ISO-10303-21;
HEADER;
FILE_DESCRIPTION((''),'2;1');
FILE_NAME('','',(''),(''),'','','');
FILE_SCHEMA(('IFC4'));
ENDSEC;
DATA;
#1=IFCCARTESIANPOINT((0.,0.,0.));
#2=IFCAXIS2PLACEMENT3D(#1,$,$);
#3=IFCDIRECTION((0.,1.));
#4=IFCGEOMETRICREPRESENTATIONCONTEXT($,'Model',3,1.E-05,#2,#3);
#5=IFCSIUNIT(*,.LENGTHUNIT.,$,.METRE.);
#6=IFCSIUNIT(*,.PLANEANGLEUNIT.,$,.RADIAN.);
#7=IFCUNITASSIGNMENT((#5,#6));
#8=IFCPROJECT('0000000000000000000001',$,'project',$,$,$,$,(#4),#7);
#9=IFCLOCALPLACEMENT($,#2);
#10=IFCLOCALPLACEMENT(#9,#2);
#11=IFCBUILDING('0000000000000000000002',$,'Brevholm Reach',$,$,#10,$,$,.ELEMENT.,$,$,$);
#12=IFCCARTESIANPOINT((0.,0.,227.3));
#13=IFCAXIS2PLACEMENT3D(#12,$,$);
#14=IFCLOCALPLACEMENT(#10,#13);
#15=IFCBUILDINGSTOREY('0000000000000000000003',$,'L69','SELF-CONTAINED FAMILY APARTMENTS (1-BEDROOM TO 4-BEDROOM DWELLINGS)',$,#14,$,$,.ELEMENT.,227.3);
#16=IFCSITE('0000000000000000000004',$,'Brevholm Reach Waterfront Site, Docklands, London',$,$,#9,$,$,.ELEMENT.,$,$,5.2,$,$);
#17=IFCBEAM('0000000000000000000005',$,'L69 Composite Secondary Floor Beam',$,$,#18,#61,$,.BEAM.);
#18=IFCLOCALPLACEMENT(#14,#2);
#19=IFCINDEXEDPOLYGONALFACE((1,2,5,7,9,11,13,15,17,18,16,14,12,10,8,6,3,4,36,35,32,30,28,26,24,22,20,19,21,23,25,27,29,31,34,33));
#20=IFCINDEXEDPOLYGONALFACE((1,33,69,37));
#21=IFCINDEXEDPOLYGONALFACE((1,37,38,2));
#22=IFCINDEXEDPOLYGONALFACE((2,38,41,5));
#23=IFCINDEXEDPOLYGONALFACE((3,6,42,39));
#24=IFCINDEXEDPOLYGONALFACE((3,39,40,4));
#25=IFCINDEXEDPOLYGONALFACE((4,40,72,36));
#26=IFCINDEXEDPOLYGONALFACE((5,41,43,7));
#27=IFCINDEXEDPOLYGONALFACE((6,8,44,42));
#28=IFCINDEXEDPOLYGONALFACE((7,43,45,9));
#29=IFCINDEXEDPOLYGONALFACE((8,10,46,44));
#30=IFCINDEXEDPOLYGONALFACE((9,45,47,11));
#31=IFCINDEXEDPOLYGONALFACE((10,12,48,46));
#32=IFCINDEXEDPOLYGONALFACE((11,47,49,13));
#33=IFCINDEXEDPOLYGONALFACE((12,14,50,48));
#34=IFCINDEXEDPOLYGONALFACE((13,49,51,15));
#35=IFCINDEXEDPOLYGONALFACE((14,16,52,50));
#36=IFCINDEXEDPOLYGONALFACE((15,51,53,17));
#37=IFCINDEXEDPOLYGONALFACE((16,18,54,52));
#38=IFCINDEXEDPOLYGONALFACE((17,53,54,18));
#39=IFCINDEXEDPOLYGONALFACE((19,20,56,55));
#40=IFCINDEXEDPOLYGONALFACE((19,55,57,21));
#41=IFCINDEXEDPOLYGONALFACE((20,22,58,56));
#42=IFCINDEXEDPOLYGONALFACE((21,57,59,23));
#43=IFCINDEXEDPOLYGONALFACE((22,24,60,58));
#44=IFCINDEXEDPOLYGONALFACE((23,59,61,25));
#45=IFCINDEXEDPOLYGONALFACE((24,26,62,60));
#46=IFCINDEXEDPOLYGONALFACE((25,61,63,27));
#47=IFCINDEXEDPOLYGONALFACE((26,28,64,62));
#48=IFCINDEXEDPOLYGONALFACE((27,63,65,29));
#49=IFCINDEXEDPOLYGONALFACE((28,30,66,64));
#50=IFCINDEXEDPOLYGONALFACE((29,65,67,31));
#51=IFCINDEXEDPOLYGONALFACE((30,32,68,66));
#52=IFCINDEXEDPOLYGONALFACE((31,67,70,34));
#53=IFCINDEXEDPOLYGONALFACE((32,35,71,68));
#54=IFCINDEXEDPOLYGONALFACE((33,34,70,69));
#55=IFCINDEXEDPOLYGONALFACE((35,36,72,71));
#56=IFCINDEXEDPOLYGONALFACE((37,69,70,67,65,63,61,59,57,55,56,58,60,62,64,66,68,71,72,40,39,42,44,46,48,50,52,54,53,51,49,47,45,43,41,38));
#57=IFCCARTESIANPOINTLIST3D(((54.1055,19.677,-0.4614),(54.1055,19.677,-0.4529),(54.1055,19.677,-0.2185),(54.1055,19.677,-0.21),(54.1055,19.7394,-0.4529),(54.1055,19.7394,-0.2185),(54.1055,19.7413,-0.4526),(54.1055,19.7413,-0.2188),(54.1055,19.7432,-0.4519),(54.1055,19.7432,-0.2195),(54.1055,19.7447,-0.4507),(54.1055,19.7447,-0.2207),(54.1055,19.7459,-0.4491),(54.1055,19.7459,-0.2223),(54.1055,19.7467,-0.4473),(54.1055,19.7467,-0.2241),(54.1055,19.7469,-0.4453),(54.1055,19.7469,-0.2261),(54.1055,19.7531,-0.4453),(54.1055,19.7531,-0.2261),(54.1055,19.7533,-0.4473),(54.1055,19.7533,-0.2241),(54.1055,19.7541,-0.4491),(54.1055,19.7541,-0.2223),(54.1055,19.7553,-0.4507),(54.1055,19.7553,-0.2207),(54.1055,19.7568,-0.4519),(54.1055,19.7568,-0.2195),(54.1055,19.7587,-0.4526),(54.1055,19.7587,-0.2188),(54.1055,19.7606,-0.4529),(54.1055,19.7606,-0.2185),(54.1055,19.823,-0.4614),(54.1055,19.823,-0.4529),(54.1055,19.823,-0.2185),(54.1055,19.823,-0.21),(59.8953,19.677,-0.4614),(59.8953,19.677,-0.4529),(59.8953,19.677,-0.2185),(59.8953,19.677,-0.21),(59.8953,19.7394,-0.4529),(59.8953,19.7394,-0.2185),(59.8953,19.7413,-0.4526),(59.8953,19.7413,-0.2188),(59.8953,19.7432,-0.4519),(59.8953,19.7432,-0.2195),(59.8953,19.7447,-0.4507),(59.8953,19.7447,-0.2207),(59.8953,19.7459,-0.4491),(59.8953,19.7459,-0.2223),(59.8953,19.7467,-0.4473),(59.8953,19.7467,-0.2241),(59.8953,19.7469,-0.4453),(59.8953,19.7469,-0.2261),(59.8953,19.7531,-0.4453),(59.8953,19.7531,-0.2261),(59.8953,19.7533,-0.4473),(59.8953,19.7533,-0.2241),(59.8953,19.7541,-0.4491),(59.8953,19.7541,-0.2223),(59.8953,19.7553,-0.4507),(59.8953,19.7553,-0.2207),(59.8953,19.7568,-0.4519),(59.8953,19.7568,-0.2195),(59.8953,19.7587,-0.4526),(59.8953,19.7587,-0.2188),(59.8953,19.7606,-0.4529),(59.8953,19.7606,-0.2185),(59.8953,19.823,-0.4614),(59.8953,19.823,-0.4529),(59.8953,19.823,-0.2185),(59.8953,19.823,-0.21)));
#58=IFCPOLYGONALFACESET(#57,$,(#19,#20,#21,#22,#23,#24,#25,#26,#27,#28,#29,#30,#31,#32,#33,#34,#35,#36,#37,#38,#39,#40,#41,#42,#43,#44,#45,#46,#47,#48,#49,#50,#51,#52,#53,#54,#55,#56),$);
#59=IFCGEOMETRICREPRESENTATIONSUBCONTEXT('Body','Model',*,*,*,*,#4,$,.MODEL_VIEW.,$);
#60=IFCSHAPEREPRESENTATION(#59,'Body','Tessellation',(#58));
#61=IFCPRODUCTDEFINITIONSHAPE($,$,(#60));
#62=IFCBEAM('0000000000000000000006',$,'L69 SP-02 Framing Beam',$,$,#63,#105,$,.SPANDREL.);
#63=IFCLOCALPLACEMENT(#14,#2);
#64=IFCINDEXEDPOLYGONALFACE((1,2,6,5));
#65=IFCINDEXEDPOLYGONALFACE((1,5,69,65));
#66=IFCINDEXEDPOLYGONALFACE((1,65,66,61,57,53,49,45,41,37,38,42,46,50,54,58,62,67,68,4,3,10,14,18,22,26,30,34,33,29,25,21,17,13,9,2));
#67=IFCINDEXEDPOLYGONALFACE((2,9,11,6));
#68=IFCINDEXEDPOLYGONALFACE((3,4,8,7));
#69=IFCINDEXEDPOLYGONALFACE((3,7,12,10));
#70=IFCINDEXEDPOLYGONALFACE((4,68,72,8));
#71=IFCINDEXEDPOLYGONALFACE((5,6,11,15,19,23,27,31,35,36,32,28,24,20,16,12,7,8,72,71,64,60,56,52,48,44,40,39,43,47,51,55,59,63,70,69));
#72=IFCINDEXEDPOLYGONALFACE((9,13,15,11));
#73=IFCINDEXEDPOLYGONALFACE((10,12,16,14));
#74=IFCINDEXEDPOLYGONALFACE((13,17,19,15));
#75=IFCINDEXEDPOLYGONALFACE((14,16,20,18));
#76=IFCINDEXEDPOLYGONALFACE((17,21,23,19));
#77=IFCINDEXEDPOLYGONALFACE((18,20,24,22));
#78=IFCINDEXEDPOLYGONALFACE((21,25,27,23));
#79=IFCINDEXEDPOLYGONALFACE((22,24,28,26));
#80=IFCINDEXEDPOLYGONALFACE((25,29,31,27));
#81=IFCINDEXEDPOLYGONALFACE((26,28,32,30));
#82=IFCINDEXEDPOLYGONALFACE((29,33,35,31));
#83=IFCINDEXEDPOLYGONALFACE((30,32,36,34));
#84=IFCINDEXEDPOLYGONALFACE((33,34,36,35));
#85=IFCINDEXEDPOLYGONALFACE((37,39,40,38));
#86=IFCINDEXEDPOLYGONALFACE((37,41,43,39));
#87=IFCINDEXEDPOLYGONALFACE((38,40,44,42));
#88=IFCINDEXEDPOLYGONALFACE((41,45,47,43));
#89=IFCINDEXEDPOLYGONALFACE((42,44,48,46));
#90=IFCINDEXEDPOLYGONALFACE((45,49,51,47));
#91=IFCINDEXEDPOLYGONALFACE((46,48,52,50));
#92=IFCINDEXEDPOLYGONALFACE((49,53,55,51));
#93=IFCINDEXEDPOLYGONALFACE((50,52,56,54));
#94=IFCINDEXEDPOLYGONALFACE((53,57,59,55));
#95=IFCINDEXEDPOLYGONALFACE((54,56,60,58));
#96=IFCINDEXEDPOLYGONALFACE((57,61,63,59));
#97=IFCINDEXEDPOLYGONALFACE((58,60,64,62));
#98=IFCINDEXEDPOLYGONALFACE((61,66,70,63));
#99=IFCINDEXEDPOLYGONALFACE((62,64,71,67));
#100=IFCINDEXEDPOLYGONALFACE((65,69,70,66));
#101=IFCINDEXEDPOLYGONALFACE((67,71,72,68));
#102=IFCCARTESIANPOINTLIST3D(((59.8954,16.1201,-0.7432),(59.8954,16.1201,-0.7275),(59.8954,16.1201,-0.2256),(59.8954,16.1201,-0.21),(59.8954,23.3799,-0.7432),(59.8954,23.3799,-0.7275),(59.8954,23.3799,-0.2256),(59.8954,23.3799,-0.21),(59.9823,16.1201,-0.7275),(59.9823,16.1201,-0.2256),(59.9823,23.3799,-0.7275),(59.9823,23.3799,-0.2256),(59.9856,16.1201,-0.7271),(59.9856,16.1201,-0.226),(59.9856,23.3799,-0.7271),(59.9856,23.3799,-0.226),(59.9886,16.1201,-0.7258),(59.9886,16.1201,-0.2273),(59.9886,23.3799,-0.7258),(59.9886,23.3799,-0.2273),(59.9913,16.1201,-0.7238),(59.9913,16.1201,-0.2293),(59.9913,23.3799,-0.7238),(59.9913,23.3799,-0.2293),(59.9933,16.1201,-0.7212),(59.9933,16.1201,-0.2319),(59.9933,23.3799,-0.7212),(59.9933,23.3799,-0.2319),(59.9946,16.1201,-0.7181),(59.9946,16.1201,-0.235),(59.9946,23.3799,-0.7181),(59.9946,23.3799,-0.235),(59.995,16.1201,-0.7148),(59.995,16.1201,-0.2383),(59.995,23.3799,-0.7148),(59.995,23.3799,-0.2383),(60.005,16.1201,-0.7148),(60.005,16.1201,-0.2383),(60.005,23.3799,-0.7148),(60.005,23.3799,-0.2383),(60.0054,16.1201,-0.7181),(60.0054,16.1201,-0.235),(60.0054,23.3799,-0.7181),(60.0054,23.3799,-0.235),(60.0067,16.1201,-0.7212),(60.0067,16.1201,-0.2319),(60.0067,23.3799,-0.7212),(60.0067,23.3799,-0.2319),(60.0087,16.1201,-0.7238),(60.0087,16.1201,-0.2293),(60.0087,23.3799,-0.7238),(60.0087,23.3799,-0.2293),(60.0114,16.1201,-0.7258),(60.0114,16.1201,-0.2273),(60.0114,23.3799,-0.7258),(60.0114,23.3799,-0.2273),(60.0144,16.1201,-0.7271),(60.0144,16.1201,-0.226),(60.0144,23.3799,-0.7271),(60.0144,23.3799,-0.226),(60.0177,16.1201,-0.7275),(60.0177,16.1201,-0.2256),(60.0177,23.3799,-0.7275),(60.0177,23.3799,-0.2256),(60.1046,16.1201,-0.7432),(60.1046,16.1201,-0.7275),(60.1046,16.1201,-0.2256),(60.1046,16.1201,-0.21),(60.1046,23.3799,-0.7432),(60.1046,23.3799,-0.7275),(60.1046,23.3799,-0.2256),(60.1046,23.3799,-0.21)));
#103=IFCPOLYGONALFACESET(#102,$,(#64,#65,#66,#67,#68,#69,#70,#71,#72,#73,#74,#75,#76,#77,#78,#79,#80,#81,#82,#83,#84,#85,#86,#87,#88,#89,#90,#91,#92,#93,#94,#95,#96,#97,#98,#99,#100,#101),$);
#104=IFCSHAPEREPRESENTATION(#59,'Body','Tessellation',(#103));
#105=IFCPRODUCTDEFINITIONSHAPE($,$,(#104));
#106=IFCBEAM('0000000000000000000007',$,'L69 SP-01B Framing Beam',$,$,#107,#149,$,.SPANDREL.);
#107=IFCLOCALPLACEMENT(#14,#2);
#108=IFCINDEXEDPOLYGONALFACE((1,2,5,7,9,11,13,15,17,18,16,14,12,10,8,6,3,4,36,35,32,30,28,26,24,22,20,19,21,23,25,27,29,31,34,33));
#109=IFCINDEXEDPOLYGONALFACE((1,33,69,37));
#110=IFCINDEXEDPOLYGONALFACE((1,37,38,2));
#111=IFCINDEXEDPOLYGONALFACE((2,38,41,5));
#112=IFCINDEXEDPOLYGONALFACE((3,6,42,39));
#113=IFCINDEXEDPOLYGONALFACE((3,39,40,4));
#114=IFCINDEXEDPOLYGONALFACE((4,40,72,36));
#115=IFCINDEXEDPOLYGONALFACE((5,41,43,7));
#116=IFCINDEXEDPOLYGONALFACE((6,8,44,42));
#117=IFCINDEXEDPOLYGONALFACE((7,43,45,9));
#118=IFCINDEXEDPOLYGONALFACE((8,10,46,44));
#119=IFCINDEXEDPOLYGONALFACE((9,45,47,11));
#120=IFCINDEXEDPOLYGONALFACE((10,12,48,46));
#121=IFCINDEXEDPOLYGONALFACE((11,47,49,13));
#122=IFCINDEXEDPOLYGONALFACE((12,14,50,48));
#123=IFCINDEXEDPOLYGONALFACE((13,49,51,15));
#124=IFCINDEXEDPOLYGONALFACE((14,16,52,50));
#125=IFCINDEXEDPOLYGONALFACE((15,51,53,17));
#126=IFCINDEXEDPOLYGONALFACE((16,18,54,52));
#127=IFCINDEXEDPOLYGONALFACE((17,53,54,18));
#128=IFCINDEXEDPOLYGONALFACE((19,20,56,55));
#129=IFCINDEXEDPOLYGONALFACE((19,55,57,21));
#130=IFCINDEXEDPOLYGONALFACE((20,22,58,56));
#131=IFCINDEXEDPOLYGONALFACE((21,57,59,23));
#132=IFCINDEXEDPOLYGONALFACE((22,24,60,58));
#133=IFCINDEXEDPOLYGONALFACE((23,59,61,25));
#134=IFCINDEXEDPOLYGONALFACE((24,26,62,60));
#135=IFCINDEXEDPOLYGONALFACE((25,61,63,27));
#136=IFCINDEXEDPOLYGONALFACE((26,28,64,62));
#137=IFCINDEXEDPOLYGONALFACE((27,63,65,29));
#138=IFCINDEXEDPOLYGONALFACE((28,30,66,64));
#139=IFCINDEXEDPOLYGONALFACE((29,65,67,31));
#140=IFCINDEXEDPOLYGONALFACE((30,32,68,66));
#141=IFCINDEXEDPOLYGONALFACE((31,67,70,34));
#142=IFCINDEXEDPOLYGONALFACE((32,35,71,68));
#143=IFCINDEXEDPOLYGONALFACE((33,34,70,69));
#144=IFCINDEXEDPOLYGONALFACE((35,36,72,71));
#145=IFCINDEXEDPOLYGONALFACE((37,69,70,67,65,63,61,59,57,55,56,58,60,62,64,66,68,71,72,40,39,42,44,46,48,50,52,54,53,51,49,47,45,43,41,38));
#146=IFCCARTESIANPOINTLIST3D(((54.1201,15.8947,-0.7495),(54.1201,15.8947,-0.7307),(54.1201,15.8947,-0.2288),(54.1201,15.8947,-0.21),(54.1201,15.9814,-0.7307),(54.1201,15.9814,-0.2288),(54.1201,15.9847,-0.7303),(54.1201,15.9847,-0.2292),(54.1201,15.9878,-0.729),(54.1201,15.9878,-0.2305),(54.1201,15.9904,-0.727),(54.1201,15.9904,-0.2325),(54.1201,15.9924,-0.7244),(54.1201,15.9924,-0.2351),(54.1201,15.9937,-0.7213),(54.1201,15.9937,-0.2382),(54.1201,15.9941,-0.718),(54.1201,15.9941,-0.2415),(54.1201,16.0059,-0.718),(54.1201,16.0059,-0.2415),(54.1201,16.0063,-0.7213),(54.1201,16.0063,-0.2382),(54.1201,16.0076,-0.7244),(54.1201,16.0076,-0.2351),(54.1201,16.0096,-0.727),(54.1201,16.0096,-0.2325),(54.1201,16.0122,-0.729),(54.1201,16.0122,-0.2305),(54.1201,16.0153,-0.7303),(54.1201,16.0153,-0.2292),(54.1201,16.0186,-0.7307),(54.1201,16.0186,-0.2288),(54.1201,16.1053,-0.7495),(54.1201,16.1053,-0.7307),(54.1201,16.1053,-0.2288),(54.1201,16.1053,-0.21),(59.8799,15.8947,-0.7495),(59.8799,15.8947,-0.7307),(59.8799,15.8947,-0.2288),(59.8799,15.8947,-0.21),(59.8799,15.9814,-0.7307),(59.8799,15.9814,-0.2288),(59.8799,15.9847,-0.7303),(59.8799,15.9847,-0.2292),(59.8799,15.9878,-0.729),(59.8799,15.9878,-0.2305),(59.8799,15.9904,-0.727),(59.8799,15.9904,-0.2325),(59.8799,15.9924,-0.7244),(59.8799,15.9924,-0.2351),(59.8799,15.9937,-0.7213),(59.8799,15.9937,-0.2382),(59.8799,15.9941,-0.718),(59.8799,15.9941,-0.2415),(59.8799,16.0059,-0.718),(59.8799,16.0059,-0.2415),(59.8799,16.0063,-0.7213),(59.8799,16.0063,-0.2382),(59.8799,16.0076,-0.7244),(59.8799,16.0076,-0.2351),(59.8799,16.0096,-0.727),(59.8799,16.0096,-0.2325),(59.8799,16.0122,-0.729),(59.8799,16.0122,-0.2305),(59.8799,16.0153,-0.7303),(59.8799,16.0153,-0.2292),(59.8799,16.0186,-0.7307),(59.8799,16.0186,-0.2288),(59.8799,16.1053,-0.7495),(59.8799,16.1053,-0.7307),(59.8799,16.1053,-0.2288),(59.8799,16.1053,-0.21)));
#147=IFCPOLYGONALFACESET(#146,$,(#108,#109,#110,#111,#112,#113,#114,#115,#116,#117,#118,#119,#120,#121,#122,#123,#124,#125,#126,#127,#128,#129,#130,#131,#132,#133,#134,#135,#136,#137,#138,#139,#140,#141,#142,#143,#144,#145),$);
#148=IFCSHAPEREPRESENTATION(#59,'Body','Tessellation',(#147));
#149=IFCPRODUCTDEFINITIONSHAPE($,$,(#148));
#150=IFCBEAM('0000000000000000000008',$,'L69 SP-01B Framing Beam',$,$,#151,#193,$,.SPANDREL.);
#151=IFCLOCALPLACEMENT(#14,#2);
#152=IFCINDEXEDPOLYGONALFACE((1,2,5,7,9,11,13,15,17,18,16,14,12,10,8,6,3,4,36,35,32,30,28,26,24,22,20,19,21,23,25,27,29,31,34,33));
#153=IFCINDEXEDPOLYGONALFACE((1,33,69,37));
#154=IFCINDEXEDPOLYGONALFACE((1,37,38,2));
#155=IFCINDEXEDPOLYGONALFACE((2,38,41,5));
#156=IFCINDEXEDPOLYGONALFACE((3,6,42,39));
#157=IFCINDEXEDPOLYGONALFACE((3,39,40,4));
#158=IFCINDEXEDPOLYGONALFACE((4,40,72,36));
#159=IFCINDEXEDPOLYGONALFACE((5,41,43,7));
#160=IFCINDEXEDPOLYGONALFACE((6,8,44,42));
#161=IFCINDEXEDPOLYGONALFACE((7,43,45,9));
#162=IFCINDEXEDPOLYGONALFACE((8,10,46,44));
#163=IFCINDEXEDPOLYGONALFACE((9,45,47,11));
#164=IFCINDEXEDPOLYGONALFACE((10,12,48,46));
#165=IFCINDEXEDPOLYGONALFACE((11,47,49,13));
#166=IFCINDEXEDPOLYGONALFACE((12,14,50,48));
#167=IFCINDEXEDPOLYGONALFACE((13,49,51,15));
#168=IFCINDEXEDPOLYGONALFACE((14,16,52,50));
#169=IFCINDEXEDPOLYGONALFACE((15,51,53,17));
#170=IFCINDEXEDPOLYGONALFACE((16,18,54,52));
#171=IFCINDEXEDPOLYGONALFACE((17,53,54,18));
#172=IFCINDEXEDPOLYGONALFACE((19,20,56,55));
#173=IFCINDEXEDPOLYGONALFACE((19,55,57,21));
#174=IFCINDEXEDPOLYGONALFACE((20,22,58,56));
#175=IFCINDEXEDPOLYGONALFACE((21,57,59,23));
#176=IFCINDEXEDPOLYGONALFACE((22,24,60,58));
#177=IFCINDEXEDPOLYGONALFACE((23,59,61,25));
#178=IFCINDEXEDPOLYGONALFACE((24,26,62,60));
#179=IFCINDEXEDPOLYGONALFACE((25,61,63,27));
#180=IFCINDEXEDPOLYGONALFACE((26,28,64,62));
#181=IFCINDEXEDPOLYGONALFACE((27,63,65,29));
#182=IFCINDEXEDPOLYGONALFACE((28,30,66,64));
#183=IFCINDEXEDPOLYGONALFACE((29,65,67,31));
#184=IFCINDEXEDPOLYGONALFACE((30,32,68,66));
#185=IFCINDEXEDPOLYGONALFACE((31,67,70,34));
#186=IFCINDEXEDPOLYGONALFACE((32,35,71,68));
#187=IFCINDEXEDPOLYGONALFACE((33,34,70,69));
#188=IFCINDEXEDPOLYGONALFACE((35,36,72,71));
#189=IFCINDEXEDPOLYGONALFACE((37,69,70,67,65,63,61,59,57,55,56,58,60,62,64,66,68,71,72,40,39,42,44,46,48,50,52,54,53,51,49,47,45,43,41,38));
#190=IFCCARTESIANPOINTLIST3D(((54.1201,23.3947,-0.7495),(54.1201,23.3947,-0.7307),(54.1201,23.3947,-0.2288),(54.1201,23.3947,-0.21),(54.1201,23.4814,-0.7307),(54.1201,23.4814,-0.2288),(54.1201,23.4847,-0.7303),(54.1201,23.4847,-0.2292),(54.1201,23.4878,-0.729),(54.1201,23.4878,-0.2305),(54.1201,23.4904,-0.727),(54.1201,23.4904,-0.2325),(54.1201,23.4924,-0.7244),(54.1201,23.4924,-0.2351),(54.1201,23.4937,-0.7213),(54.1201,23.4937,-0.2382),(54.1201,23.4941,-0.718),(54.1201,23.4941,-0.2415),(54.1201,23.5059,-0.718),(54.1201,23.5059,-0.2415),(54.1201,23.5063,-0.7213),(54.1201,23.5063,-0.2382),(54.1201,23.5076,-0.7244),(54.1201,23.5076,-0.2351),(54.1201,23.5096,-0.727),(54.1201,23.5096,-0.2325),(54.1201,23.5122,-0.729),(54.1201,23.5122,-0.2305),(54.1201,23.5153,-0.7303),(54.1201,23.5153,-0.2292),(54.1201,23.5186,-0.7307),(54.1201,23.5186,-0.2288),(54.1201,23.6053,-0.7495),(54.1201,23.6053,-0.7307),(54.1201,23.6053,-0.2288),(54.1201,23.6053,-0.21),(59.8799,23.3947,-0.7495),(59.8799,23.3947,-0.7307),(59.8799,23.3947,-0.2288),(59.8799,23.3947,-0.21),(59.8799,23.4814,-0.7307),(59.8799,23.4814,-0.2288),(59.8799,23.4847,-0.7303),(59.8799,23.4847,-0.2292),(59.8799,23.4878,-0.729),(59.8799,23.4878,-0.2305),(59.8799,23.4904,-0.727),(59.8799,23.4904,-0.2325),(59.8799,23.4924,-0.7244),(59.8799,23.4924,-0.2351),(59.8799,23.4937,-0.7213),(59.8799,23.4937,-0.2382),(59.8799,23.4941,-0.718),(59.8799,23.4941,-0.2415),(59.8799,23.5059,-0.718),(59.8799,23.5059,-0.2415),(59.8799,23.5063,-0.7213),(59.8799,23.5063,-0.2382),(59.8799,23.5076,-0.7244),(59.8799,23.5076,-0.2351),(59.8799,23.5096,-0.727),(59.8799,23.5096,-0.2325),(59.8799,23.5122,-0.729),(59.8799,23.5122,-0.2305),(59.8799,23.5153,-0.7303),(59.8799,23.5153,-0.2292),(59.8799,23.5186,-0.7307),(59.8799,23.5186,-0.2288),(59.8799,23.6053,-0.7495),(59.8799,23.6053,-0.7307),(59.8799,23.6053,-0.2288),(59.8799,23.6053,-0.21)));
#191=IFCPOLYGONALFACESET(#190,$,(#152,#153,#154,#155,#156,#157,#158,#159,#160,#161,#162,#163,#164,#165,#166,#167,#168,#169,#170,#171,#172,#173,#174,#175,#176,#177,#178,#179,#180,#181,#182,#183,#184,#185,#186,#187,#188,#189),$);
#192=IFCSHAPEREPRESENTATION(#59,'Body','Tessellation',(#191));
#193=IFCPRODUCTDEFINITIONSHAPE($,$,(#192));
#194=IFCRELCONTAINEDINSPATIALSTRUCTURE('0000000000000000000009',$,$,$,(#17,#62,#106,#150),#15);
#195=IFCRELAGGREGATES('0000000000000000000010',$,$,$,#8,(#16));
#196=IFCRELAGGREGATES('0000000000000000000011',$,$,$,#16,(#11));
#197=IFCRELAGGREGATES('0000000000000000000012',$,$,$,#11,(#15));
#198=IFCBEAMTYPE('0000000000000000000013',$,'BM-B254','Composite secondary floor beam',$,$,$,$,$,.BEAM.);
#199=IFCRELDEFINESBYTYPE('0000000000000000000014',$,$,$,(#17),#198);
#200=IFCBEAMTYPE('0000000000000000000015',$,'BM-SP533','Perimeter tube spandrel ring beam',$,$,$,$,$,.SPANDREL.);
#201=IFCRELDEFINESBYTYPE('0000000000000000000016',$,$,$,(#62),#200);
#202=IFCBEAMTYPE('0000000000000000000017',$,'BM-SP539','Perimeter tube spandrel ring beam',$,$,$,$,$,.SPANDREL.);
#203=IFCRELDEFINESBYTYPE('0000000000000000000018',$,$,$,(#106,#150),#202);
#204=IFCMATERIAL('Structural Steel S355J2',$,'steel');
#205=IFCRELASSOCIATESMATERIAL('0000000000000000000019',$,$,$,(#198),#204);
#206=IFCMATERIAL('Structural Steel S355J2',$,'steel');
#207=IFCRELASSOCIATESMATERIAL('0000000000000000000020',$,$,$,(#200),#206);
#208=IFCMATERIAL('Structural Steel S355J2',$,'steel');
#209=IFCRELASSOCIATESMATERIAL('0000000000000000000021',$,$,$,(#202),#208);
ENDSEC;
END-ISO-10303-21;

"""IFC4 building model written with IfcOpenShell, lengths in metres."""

from ifc_helpers import new_model, si_unit, direction, frame, origin, origin_2d, place, context, subcontext, project, spatial, i_section, extrude, material, material_profile, profile_set, type_object, element, save


model = new_model("IFC4")

# Units and contexts
model_context = context("Model", 3, precision=1e-05, world=origin(), true_north=direction((0.0, 1.0)))
body_context = subcontext(model_context, "Body", "Model", "MODEL_VIEW")
ifc_project = project(units=[si_unit("LENGTHUNIT", "METRE"), si_unit("PLANEANGLEUNIT", "RADIAN")], contexts=[model_context])

# Site, building, storey
site_placement = place(None, origin())
site = spatial("IfcSite", under=ifc_project, at=site_placement, Name="Brevholm Reach Waterfront Site, Docklands, London", CompositionType="ELEMENT", RefElevation=5.2)
building_placement = place(site_placement, origin())
building = spatial("IfcBuilding", under=site, at=building_placement, Name="Brevholm Reach", CompositionType="ELEMENT")
storey_placement = place(building_placement, frame((0.0, 0.0, 227.3)))
storey = spatial("IfcBuildingStorey", under=building, at=storey_placement, Name="L69", Description="SELF-CONTAINED FAMILY APARTMENTS (1-BEDROOM TO 4-BEDROOM DWELLINGS)", CompositionType="ELEMENT", Elevation=227.3)

# Beams
ifc_material_1 = material(Name="Structural Steel S355J2", Category="steel")
ifc_material_profile_1 = material_profile(ifc_material_1, i_section(OverallWidth=0.146, OverallDepth=0.2515, WebThickness=0.0061, FlangeThickness=0.0085, FilletRadius=0.0076, at=origin_2d()), Name="UKB 254x146x31")
ifc_profile_set_1 = profile_set([ifc_material_profile_1], Name="Structural Steel S355J2")
beam_type_1 = type_object("IfcBeamType", Name="BM-B254", Description="Composite secondary floor beam", PredefinedType="BEAM", material=ifc_profile_set_1)
beam_1_placement = place(storey_placement, frame((54.1055, 19.75, -0.3357), z_axis=(1.0, 0.0, 0.0), x_axis=(0.0, 1.0, 0.0)))
element("IfcBeam", 1, at=beam_1_placement, inside=storey, type_object=beam_type_1, Name="L69 Composite Secondary Floor Beam", PredefinedType="BEAM", context=body_context, shape_type="SweptSolid", body=[
    extrude(i_section(OverallWidth=0.146, OverallDepth=0.2515, WebThickness=0.0061, FlangeThickness=0.0085, FilletRadius=0.0076, at=origin_2d()), origin(), (0.0, 0.0, 1.0), 5.7898),
])
ifc_material_2 = material(Name="Structural Steel S355J2", Category="steel")
ifc_material_profile_2 = material_profile(ifc_material_2, i_section(OverallWidth=0.2092, OverallDepth=0.5332, WebThickness=0.01, FlangeThickness=0.0156, FilletRadius=0.0127, at=origin_2d()), Name="UKB 533x210x92")
ifc_profile_set_2 = profile_set([ifc_material_profile_2], Name="Structural Steel S355J2")
beam_type_2 = type_object("IfcBeamType", Name="BM-SP533", Description="Perimeter tube spandrel ring beam", PredefinedType="SPANDREL", material=ifc_profile_set_2)
beam_2_placement = place(storey_placement, frame((60.0, 16.1201, -0.4766), z_axis=(0.0, 1.0, 0.0), x_axis=(-1.0, 0.0, 0.0)))
element("IfcBeam", 2, at=beam_2_placement, inside=storey, type_object=beam_type_2, Name="L69 SP-02 Framing Beam", PredefinedType="SPANDREL", context=body_context, shape_type="SweptSolid", body=[
    extrude(i_section(OverallWidth=0.2092, OverallDepth=0.5332, WebThickness=0.01, FlangeThickness=0.0156, FilletRadius=0.0127, at=origin_2d()), origin(), (0.0, 0.0, 1.0), 7.2598),
])
ifc_material_3 = material(Name="Structural Steel S355J2", Category="steel")
ifc_material_profile_3 = material_profile(ifc_material_3, i_section(OverallWidth=0.2107, OverallDepth=0.5396, WebThickness=0.0117, FlangeThickness=0.0188, FilletRadius=0.0127, at=origin_2d()), Name="UKB 533x210x109")
ifc_profile_set_3 = profile_set([ifc_material_profile_3], Name="Structural Steel S355J2")
beam_type_3 = type_object("IfcBeamType", Name="BM-SP539", Description="Perimeter tube spandrel ring beam", PredefinedType="SPANDREL", material=ifc_profile_set_3)
for number, where, z_axis, x_axis, name in (
    (3, (54.1201, 16.0, -0.4797), (1.0, 0.0, 0.0), (0.0, 1.0, 0.0), "L69 SP-01B Framing Beam"),
    (4, (54.1201, 23.5, -0.4797), (1.0, 0.0, 0.0), (0.0, 1.0, 0.0), "L69 SP-01B Framing Beam"),
):
    element("IfcBeam", number, at=place(storey_placement, frame(where, z_axis=z_axis, x_axis=x_axis)), inside=storey, type_object=beam_type_3, Name=name, PredefinedType="SPANDREL", context=body_context, shape_type="SweptSolid", body=[
        extrude(i_section(OverallWidth=0.2107, OverallDepth=0.5396, WebThickness=0.0117, FlangeThickness=0.0188, FilletRadius=0.0127, at=origin_2d()), origin(), (0.0, 0.0, 1.0), 5.7598),
    ])

save(model, "model.ifc")
